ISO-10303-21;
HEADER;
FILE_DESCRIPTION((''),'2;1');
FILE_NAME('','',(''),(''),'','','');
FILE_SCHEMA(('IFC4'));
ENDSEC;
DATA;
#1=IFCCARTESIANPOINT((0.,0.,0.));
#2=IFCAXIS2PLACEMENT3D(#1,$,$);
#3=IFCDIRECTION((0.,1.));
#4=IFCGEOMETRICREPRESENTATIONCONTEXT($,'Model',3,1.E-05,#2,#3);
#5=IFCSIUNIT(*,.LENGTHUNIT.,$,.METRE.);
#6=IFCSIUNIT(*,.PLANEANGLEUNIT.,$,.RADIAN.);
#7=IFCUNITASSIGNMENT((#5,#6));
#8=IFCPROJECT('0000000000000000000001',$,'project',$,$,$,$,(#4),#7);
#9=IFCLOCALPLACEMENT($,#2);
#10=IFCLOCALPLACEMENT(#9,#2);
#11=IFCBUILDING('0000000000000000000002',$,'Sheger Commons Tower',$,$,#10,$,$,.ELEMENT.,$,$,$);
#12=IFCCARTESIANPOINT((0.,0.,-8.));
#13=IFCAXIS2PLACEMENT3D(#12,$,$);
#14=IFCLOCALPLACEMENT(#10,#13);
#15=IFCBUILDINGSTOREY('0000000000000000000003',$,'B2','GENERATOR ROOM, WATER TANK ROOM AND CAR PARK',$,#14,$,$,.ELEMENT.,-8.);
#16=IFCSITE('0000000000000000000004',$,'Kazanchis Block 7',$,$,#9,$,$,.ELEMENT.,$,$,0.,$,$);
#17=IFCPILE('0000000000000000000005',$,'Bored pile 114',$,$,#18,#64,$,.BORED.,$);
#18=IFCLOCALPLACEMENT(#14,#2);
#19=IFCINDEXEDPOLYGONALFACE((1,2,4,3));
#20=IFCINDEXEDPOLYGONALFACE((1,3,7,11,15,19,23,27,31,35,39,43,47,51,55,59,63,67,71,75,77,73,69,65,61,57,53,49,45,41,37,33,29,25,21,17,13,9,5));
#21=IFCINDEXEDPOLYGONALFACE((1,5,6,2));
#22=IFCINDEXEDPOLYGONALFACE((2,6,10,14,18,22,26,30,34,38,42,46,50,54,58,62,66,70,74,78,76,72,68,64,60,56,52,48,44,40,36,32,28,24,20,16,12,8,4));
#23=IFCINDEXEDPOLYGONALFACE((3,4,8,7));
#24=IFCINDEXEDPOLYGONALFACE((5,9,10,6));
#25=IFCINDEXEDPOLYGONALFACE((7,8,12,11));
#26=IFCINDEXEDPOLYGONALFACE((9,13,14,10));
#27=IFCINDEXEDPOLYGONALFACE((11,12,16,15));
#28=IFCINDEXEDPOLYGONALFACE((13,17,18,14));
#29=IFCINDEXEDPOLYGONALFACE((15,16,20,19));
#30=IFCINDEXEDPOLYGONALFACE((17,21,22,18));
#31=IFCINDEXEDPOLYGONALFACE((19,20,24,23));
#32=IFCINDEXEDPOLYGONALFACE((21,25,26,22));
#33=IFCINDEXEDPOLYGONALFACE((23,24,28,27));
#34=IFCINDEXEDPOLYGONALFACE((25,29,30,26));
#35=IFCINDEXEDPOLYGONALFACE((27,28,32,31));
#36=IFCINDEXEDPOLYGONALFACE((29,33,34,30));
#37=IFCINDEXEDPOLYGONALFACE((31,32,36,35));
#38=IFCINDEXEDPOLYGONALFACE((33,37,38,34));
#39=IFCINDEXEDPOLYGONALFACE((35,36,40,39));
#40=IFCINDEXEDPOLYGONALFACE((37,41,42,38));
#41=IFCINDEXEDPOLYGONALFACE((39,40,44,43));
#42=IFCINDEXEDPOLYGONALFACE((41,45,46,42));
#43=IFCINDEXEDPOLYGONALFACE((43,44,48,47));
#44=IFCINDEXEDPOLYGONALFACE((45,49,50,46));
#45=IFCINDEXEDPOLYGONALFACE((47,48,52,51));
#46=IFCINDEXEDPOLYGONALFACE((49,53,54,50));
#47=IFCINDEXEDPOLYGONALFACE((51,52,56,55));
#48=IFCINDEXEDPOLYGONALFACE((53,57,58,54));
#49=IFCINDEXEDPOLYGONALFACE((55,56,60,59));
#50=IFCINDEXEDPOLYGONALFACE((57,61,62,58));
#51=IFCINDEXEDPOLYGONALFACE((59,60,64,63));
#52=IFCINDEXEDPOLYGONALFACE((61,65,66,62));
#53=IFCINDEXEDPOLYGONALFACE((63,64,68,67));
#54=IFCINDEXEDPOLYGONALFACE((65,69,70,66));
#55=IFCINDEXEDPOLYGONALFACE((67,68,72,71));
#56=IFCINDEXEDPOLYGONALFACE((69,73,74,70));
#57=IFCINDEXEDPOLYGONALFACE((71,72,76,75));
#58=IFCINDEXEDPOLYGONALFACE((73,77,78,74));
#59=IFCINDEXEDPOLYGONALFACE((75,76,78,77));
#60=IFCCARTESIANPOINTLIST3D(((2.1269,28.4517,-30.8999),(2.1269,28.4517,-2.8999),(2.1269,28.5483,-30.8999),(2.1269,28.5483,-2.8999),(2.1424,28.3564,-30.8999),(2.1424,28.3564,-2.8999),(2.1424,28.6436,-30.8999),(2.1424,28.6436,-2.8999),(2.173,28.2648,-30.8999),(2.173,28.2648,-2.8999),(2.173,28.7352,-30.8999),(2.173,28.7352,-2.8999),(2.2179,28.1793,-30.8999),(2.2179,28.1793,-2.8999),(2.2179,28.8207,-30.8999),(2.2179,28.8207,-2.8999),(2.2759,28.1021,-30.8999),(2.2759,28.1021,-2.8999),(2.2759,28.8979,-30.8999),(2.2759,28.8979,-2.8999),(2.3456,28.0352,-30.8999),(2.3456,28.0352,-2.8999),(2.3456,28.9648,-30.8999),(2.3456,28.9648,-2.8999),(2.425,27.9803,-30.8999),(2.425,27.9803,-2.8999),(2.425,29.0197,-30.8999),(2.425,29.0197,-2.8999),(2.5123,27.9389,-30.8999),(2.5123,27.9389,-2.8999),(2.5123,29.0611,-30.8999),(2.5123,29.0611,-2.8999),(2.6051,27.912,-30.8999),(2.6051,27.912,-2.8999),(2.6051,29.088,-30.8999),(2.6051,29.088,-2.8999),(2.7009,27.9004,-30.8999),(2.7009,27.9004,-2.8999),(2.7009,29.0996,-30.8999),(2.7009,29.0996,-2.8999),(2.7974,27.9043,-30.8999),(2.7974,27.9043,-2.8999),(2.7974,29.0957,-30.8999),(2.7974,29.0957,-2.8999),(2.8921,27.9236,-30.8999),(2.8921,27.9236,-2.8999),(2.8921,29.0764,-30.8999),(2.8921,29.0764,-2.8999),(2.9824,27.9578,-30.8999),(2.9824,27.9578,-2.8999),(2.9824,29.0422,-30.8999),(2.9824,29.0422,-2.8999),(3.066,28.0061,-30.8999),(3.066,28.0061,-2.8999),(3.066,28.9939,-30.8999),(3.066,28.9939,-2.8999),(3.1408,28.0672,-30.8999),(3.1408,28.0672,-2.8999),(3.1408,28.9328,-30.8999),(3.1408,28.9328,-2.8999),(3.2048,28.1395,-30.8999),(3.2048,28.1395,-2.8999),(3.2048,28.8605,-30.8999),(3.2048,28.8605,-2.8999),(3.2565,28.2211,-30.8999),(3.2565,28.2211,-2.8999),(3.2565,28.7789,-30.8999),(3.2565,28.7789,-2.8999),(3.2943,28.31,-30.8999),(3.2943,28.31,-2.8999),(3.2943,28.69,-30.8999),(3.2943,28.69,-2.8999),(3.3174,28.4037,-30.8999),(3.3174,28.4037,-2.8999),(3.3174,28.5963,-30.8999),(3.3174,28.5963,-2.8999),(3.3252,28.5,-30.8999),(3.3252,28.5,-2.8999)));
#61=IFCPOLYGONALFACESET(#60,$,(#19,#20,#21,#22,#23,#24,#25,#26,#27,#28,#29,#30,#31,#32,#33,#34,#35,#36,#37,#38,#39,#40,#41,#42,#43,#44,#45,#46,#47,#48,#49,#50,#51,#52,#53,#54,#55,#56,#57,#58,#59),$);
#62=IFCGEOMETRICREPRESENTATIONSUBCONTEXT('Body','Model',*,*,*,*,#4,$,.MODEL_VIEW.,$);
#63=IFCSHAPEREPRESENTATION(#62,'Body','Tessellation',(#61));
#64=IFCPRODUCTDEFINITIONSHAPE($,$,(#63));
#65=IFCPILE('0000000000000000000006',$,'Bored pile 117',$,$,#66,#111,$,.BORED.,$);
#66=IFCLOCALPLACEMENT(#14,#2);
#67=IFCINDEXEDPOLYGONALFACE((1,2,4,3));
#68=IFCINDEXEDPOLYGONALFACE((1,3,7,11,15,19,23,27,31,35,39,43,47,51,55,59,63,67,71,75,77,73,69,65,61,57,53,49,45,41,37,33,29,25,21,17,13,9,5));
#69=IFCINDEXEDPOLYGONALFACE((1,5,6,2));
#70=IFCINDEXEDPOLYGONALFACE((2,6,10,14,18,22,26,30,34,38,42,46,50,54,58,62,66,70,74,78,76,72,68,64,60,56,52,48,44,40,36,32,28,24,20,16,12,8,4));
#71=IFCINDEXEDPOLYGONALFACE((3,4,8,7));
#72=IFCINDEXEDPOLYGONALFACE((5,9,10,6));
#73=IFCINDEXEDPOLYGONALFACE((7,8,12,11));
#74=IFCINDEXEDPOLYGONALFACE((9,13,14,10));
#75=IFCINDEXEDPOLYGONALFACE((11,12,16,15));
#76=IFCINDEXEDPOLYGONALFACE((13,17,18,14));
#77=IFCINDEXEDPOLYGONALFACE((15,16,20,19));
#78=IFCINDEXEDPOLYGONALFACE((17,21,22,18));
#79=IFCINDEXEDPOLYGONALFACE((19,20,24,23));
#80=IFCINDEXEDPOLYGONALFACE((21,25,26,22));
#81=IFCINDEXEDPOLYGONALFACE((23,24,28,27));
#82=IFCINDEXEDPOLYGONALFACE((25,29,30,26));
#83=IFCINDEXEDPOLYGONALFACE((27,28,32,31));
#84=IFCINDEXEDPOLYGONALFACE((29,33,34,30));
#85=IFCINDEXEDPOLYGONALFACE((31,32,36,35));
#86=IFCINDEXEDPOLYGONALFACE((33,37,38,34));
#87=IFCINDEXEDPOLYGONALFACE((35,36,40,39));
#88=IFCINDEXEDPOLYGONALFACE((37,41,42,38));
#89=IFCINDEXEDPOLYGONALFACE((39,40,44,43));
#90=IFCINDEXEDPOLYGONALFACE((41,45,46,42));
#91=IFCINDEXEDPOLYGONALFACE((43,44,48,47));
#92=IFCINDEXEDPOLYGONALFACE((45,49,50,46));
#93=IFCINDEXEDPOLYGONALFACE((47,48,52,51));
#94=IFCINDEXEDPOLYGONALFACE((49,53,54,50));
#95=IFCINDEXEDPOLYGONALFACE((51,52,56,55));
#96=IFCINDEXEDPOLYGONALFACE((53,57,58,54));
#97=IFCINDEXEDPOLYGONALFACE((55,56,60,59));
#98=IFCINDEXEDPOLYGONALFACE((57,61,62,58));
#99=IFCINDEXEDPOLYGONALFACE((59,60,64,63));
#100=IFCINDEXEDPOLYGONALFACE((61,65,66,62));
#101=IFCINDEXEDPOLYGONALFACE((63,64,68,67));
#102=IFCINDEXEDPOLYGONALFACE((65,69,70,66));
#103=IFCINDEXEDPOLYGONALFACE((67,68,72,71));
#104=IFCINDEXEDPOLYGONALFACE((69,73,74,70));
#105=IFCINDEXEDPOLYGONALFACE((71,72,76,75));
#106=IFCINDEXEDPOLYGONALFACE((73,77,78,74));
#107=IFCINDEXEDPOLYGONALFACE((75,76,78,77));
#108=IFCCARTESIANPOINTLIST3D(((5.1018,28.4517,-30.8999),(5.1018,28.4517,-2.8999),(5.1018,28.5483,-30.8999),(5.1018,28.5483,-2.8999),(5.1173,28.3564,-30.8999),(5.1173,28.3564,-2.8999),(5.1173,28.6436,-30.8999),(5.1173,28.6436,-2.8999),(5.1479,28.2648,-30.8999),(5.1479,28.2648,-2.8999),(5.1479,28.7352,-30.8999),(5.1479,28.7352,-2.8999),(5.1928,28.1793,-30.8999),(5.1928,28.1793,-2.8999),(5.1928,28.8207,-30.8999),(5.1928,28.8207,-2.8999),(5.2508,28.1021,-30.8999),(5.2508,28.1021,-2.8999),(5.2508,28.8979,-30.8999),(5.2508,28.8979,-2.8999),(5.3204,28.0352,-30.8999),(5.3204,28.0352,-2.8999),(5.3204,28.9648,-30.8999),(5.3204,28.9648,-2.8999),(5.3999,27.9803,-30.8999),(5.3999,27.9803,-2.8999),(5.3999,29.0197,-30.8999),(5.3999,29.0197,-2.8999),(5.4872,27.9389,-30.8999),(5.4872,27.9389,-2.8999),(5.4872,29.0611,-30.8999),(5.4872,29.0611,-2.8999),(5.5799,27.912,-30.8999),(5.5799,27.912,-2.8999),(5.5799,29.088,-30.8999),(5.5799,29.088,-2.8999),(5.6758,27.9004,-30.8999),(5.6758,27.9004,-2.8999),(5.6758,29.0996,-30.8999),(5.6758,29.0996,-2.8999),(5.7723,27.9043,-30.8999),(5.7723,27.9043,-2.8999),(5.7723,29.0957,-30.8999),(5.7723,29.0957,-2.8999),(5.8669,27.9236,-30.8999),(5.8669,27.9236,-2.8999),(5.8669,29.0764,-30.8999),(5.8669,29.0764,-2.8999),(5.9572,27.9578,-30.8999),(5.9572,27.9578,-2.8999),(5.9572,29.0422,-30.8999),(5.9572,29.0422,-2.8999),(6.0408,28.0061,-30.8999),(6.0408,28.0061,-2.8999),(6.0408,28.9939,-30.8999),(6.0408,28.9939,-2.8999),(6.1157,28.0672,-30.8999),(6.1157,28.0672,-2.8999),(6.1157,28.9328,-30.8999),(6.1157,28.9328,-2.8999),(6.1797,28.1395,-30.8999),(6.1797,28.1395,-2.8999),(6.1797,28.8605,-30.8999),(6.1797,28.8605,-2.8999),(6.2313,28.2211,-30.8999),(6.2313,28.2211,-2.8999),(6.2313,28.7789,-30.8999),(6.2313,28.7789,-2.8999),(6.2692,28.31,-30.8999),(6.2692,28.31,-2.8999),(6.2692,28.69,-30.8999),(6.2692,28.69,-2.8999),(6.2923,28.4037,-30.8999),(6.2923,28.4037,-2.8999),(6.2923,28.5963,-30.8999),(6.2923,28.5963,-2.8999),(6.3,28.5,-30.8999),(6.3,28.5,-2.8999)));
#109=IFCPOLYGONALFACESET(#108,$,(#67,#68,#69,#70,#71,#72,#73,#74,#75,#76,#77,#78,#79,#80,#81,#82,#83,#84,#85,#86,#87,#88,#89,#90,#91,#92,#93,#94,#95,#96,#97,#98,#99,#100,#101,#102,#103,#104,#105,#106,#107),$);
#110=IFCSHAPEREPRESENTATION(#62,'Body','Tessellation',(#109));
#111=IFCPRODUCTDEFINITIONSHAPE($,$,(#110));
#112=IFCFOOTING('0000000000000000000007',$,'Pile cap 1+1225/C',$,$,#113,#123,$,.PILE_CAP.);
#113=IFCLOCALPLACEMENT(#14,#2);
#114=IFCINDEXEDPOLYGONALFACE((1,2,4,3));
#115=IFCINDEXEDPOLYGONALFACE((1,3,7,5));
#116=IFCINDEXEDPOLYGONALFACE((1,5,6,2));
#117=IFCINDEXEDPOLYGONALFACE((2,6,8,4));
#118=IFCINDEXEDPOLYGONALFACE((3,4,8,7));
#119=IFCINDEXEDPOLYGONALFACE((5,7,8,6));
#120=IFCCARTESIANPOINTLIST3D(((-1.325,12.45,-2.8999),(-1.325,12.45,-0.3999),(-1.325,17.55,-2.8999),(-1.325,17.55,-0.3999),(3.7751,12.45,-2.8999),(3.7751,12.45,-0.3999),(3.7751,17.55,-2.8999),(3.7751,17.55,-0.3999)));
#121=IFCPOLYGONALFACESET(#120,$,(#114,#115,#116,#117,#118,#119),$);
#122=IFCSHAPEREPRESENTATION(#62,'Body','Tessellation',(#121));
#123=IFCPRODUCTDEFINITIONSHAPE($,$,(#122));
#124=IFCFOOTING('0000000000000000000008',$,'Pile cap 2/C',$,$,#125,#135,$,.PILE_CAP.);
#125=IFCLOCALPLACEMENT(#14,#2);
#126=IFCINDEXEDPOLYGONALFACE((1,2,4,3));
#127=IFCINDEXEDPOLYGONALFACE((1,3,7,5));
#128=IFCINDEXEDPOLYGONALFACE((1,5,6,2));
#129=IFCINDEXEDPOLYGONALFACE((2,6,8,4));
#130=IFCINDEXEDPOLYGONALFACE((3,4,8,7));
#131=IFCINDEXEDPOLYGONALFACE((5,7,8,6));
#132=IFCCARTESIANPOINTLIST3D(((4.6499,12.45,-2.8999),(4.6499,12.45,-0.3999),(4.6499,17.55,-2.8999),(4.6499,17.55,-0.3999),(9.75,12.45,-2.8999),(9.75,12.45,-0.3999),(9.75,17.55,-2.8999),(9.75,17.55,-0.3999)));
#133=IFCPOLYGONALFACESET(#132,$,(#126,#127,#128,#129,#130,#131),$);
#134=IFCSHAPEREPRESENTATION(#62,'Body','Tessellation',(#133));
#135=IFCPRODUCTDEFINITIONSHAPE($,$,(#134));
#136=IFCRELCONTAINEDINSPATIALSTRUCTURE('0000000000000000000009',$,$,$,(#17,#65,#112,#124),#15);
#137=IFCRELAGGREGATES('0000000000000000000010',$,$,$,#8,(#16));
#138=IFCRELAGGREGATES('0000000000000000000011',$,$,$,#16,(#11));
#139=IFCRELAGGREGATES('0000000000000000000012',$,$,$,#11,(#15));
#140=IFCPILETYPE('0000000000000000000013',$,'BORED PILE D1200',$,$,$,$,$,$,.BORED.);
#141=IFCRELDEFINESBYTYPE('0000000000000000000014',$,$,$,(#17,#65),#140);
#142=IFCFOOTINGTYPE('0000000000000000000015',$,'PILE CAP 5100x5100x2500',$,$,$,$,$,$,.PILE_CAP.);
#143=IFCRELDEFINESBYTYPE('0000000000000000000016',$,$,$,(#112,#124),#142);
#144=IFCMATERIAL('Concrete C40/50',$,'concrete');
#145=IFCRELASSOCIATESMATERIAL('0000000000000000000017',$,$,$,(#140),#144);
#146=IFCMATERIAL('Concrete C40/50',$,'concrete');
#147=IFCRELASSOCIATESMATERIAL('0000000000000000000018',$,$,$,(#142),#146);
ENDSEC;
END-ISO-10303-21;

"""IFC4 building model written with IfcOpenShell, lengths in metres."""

from ifc_helpers import new_model, si_unit, direction, frame, origin, origin_2d, place, context, subcontext, project, spatial, rectangle, circle, extrude, material, material_profile, profile_set, type_object, element, save


model = new_model("IFC4")

# Units and contexts
model_context = context("Model", 3, precision=1e-05, world=origin(), true_north=direction((0.0, 1.0)))
body_context = subcontext(model_context, "Body", "Model", "MODEL_VIEW")
ifc_project = project(units=[si_unit("LENGTHUNIT", "METRE"), si_unit("PLANEANGLEUNIT", "RADIAN")], contexts=[model_context])

# Site, building, storey
site_placement = place(None, origin())
site = spatial("IfcSite", under=ifc_project, at=site_placement, Name="Kazanchis Block 7", CompositionType="ELEMENT", RefElevation=0.0)
building_placement = place(site_placement, origin())
building = spatial("IfcBuilding", under=site, at=building_placement, Name="Sheger Commons Tower", CompositionType="ELEMENT")
storey_placement = place(building_placement, frame((0.0, 0.0, -8.0)))
storey = spatial("IfcBuildingStorey", under=building, at=storey_placement, Name="B2", Description="GENERATOR ROOM, WATER TANK ROOM AND CAR PARK", CompositionType="ELEMENT", Elevation=-8.0)

# Piles
ifc_material_1 = material(Name="Concrete C40/50", Category="concrete")
ifc_material_profile_1 = material_profile(ifc_material_1, circle(Radius=0.6001, at=origin_2d()), Name="PILE D1200")
ifc_profile_set_1 = profile_set([ifc_material_profile_1], Name="Concrete C40/50")
pile_type = type_object("IfcPileType", Name="BORED PILE D1200", PredefinedType="BORED", material=ifc_profile_set_1)
for number, where, z_axis, x_axis, name in (
    (1, (2.7251, 28.5, -2.8999), (0.0, 0.0, -1.0), (1.0, 0.0, 0.0), "Bored pile 114"),
    (2, (5.7, 28.5, -2.8999), (0.0, 0.0, -1.0), (1.0, 0.0, 0.0), "Bored pile 117"),
):
    element("IfcPile", number, at=place(storey_placement, frame(where, z_axis=z_axis, x_axis=x_axis)), inside=storey, type_object=pile_type, Name=name, PredefinedType="BORED", context=body_context, shape_type="SweptSolid", body=[
        extrude(circle(Radius=0.6001, at=origin_2d()), origin(), (0.0, 0.0, 1.0), 28.0),
    ])

# Footings
ifc_material_2 = material(Name="Concrete C40/50", Category="concrete")
footing_type = type_object("IfcFootingType", Name="PILE CAP 5100x5100x2500", PredefinedType="PILE_CAP", material=ifc_material_2)
for number, where, z_axis, x_axis, name in (
    (3, (1.2251, 15.0, -2.8999), (0.0, 0.0, 1.0), (1.0, 0.0, 0.0), "Pile cap 1+1225/C"),
    (4, (7.2, 15.0, -2.8999), (0.0, 0.0, 1.0), (1.0, 0.0, 0.0), "Pile cap 2/C"),
):
    element("IfcFooting", number, at=place(storey_placement, frame(where, z_axis=z_axis, x_axis=x_axis)), inside=storey, type_object=footing_type, Name=name, PredefinedType="PILE_CAP", context=body_context, shape_type="SweptSolid", body=[
        extrude(rectangle(XDim=5.1001, YDim=5.1001, at=origin_2d()), origin(), (0.0, 0.0, 1.0), 2.5),
    ])

save(model, "model.ifc")
